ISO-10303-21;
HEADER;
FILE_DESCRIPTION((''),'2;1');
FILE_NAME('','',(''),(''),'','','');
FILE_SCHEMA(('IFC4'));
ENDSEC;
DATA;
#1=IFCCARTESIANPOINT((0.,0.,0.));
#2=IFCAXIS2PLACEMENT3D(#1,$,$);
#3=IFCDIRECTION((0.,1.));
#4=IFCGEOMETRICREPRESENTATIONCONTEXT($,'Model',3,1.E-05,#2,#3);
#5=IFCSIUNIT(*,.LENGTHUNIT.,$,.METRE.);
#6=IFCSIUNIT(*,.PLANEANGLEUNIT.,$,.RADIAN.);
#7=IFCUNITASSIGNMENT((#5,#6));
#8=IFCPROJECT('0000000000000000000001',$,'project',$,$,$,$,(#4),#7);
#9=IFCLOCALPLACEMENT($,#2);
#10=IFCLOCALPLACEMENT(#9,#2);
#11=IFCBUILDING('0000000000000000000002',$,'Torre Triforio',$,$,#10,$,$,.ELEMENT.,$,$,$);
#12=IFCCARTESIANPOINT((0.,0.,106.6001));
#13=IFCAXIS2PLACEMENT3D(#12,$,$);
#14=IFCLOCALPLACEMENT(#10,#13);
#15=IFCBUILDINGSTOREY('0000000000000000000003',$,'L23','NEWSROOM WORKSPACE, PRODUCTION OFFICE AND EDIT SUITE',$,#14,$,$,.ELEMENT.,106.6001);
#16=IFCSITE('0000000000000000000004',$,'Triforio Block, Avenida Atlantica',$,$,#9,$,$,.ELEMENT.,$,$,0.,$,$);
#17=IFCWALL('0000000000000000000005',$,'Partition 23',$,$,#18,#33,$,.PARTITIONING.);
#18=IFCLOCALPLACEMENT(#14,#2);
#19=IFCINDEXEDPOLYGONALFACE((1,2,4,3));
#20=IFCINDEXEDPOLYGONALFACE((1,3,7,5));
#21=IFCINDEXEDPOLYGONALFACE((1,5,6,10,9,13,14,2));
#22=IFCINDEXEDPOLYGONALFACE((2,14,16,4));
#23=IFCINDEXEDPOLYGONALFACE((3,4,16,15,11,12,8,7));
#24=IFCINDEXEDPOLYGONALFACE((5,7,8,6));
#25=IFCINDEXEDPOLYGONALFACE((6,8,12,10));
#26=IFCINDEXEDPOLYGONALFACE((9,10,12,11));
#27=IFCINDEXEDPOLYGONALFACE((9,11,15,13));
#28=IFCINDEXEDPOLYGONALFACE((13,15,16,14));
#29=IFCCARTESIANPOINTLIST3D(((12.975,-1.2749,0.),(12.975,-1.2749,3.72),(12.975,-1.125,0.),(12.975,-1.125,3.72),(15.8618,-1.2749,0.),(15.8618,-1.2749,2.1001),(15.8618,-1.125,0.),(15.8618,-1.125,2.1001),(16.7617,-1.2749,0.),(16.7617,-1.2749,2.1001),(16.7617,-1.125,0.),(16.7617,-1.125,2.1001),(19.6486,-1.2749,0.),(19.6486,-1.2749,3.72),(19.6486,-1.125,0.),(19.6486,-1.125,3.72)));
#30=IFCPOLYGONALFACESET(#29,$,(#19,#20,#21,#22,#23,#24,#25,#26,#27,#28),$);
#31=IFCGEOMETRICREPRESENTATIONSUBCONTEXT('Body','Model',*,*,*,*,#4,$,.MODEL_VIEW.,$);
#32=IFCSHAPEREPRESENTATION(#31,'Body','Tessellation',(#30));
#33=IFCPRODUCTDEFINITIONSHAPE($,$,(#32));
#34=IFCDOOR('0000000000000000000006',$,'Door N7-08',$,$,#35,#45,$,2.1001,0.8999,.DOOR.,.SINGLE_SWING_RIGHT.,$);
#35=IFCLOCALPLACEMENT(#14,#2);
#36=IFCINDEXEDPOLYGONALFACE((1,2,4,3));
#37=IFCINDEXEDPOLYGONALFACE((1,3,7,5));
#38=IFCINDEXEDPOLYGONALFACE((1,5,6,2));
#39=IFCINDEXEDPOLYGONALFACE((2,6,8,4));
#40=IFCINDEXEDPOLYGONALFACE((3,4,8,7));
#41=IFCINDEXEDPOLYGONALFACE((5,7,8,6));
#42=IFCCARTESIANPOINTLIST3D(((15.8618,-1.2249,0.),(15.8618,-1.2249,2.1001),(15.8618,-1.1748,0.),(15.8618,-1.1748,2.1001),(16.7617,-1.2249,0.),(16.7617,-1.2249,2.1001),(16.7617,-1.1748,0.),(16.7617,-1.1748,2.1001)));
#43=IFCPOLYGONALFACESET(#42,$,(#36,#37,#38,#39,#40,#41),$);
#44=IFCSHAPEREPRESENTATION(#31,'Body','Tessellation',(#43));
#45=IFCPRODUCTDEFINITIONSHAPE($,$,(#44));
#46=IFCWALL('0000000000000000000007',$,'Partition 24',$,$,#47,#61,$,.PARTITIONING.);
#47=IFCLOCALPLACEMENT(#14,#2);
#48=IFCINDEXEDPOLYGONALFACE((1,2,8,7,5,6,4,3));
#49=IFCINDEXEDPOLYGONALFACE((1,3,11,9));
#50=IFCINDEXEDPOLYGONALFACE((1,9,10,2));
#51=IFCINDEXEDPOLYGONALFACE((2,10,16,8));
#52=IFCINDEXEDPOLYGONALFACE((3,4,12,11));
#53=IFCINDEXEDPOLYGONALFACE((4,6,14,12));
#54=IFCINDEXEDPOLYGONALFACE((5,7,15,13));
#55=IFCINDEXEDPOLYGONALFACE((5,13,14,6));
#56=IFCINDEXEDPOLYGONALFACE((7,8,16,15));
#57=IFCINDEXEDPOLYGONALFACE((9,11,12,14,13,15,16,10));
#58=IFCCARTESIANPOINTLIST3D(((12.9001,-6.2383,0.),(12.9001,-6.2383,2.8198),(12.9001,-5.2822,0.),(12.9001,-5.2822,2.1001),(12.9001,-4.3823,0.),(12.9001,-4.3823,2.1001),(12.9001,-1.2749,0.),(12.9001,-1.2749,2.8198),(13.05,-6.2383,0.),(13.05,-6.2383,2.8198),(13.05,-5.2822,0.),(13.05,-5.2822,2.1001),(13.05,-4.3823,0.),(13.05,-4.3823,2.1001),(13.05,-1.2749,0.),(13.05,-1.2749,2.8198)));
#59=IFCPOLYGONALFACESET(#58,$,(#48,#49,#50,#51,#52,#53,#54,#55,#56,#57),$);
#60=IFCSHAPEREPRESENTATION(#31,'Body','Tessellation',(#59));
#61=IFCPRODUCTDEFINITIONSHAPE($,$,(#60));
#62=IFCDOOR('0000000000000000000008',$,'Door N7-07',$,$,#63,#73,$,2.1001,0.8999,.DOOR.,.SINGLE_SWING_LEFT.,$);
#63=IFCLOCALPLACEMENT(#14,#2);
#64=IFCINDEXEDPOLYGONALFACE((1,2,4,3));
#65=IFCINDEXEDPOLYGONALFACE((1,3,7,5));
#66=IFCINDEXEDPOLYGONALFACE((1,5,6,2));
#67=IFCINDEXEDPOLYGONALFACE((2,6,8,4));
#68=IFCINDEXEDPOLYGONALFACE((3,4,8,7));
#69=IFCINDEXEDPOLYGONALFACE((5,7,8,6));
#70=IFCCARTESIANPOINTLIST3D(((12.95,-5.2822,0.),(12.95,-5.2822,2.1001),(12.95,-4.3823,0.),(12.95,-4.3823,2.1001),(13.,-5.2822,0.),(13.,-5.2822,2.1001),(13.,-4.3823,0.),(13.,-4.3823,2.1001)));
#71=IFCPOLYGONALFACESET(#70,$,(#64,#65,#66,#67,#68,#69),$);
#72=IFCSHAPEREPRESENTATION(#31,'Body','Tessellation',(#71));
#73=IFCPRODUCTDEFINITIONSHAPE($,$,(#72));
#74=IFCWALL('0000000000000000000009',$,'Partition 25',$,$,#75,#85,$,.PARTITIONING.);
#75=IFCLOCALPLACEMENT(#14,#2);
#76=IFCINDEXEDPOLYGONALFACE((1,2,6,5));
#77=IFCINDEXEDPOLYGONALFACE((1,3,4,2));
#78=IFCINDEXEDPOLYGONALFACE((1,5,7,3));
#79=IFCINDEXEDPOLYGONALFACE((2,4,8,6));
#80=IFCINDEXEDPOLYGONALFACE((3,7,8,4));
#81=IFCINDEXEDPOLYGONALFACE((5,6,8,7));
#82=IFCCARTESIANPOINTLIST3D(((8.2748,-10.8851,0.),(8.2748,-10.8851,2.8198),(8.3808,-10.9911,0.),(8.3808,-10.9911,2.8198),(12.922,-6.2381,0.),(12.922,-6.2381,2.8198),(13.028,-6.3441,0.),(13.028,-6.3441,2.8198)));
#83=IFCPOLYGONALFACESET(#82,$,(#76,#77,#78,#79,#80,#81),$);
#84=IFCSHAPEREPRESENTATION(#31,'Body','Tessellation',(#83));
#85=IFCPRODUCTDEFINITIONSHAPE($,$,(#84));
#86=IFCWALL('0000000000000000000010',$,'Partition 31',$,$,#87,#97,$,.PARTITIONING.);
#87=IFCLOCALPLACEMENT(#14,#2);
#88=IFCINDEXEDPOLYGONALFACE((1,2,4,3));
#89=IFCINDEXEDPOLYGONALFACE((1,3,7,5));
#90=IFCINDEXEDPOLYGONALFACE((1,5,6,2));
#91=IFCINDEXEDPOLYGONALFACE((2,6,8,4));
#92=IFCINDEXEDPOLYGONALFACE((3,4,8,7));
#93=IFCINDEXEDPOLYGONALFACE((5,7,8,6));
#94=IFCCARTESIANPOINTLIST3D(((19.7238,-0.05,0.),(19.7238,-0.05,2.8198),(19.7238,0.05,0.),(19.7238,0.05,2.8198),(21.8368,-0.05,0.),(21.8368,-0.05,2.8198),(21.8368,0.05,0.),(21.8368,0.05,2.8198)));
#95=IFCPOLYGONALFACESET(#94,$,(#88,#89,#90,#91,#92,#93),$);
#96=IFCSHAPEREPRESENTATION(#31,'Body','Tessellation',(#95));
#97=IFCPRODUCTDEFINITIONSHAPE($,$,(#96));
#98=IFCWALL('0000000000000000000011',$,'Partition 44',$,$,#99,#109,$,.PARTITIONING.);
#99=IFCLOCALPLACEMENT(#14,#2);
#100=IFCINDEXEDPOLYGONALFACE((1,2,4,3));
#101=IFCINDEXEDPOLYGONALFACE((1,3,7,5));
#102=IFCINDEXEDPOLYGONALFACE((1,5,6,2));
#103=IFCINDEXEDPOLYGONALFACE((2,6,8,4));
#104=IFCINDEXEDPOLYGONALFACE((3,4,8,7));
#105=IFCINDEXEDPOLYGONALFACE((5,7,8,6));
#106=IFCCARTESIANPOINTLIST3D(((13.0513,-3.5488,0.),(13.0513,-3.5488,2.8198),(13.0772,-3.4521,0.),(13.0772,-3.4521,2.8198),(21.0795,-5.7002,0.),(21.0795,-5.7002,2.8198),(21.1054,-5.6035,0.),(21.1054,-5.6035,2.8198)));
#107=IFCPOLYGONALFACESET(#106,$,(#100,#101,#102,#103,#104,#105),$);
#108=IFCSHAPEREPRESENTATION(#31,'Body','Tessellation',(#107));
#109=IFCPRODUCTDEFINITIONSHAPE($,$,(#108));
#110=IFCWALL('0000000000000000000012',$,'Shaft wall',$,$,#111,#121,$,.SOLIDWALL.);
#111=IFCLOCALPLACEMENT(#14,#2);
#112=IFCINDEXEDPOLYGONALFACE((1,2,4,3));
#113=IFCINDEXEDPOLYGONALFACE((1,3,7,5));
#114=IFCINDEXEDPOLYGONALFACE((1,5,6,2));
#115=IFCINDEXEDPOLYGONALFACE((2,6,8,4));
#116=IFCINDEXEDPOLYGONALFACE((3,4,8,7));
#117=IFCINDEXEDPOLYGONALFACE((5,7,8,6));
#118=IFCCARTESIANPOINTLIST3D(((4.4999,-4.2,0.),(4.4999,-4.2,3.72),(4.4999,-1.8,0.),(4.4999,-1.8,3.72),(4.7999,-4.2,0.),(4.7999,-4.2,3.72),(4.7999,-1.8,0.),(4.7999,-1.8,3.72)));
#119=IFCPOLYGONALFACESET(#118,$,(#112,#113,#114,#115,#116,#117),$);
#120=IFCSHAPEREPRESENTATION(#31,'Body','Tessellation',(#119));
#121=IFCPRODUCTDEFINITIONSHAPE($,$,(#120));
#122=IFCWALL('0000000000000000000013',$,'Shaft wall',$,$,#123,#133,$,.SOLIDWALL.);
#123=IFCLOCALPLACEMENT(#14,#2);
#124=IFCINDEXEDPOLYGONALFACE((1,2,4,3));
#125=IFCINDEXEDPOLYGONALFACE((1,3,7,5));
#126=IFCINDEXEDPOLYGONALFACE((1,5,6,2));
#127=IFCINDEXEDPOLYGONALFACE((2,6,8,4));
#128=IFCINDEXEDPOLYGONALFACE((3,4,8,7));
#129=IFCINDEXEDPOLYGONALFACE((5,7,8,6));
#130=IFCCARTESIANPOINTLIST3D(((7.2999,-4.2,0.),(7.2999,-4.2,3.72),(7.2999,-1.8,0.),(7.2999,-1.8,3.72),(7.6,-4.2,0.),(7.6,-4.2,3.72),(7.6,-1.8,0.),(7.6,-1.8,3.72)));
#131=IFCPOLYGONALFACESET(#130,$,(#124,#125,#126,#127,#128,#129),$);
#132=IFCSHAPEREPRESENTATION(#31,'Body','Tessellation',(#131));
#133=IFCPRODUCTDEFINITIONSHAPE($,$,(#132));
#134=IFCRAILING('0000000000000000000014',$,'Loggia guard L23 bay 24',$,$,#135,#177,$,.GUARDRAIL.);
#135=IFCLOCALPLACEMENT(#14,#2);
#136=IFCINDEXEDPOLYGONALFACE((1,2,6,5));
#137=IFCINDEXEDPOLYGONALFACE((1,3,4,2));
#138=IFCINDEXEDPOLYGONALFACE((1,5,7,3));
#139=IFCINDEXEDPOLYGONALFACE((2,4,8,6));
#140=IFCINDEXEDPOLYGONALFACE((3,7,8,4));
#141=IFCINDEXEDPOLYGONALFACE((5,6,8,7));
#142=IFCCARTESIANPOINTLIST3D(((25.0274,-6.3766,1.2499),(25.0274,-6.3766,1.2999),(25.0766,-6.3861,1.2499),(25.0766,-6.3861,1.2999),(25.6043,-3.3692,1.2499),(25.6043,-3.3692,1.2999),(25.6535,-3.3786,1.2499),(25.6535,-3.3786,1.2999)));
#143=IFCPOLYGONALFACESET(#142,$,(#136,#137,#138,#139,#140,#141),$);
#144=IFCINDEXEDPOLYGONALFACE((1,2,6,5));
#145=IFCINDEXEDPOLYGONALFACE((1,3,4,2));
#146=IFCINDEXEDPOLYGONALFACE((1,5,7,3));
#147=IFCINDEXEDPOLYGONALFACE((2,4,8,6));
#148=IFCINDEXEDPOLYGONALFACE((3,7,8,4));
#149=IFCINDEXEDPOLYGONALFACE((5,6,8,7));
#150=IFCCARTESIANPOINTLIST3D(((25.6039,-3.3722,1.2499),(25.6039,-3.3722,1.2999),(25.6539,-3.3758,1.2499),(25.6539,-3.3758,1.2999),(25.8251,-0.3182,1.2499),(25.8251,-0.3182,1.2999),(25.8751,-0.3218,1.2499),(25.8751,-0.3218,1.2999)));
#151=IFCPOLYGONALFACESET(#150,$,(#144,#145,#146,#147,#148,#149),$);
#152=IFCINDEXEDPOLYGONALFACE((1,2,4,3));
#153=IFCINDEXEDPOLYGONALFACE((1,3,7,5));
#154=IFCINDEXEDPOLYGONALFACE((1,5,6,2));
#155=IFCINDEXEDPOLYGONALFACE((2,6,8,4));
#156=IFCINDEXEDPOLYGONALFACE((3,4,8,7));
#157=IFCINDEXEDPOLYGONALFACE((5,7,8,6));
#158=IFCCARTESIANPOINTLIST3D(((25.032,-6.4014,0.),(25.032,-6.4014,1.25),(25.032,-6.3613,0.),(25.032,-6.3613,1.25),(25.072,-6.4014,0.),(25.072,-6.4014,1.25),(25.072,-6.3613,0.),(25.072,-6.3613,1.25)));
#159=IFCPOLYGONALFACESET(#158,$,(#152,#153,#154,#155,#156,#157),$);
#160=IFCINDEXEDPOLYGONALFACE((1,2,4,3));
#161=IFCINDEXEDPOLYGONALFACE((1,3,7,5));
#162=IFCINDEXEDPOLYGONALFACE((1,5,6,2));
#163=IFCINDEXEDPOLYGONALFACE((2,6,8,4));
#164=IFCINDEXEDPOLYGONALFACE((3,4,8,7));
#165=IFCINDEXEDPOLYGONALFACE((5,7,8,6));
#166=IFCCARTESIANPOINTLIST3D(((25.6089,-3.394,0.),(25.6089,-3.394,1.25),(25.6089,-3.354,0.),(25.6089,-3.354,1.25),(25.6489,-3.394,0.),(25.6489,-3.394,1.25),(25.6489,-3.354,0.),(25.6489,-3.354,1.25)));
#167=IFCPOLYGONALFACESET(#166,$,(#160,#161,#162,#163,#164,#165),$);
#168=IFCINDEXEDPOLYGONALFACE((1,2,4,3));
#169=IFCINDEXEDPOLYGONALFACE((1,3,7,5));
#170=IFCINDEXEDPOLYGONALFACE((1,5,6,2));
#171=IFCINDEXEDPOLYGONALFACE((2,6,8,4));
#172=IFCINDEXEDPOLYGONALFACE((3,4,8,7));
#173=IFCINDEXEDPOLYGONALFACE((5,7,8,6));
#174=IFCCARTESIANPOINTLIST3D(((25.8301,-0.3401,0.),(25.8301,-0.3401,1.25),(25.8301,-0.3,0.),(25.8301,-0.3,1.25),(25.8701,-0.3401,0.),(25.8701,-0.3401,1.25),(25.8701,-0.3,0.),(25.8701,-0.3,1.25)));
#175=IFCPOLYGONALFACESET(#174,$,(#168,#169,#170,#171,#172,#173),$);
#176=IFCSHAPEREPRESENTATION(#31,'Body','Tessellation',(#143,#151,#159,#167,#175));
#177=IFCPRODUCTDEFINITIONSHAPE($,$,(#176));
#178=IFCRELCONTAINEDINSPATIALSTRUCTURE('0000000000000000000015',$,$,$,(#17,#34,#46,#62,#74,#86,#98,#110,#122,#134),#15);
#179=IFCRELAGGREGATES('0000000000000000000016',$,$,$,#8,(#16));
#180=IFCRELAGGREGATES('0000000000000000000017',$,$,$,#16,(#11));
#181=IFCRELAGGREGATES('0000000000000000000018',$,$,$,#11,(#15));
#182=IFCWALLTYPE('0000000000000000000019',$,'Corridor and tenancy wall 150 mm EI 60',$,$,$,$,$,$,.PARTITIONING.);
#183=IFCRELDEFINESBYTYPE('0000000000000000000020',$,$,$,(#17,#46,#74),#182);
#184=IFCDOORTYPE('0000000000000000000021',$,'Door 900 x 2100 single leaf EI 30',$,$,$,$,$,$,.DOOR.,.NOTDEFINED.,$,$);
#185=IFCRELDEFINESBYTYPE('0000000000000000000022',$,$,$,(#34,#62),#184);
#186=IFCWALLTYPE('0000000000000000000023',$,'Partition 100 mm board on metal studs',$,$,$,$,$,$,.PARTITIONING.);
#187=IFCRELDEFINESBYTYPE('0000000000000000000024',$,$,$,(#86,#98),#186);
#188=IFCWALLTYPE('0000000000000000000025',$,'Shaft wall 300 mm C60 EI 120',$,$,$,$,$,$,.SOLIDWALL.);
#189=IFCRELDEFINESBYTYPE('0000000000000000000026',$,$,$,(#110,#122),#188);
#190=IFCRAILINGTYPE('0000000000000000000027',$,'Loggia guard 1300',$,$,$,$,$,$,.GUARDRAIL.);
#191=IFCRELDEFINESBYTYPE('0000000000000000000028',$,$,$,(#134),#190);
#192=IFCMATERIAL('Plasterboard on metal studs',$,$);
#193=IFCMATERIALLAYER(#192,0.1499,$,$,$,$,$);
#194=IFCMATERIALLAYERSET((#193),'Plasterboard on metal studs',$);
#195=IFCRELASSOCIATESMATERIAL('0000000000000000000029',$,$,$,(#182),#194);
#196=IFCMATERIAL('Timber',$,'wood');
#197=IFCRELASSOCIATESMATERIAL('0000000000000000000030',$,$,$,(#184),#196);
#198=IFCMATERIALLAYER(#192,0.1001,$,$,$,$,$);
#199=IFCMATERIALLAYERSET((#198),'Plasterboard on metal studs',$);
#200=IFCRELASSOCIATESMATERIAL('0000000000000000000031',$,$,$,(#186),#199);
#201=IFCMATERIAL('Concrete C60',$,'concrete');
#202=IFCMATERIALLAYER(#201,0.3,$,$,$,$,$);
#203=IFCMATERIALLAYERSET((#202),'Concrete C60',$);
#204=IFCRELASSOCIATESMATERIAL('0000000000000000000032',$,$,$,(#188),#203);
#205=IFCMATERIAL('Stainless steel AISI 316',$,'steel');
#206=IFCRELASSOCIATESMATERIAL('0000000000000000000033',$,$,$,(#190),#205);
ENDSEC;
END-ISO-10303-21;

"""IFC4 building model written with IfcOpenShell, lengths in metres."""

from ifc_helpers import new_model, si_unit, direction, frame, frame_2d, origin, origin_2d, place, context, subcontext, project, spatial, rectangle, extrude, material, layer, layer_set, type_object, element, fill, save


model = new_model("IFC4")

# Units and contexts
model_context = context("Model", 3, precision=1e-05, world=origin(), true_north=direction((0.0, 1.0)))
body_context = subcontext(model_context, "Body", "Model", "MODEL_VIEW")
ifc_project = project(units=[si_unit("LENGTHUNIT", "METRE"), si_unit("PLANEANGLEUNIT", "RADIAN")], contexts=[model_context])

# Site, building, storey
site_placement = place(None, origin())
site = spatial("IfcSite", under=ifc_project, at=site_placement, Name="Triforio Block, Avenida Atlantica", CompositionType="ELEMENT", RefElevation=0.0)
building_placement = place(site_placement, origin())
building = spatial("IfcBuilding", under=site, at=building_placement, Name="Torre Triforio", CompositionType="ELEMENT")
storey_placement = place(building_placement, frame((0.0, 0.0, 106.6001)))
storey = spatial("IfcBuildingStorey", under=building, at=storey_placement, Name="L23", Description="NEWSROOM WORKSPACE, PRODUCTION OFFICE AND EDIT SUITE", CompositionType="ELEMENT", Elevation=106.6001)

# Shared definitions
ifc_material_1 = material(Name="Concrete C60", Category="concrete")

# Walls, openings, doors
ifc_material_2 = material(Name="Plasterboard on metal studs")
ifc_layer_1 = layer(ifc_material_2, 0.1499)
ifc_layer_set_1 = layer_set([ifc_layer_1], Name="Plasterboard on metal studs")
wall_type_1 = type_object("IfcWallType", Name="Corridor and tenancy wall 150 mm EI 60", PredefinedType="PARTITIONING", material=ifc_layer_set_1)
wall_1_placement = place(storey_placement, frame((19.6487, -1.2, 0.0), z_axis=(0.0, 0.0, 1.0), x_axis=(-1.0, 0.0, 0.0)))
wall_1 = element("IfcWall", 1, at=wall_1_placement, inside=storey, type_object=wall_type_1, Name="Partition 23", PredefinedType="PARTITIONING", context=body_context, shape_type="SweptSolid", body=[
    extrude(rectangle(XDim=6.6736, YDim=0.1499, at=frame_2d((3.3369, 0.0))), origin(), (0.0, 0.0, 1.0), 3.72),
])
opening_1_placement = place(wall_1_placement, frame((2.887, 0.0, 0.0)))
opening_1 = element("IfcOpeningElement", 2, at=opening_1_placement, cuts=wall_1, PredefinedType="OPENING", context=body_context, shape_type="SweptSolid", body=[
    extrude(rectangle(XDim=0.8999, YDim=2.1001, at=frame_2d((0.45, 1.05))), frame((0.0, 0.085, 0.0), z_axis=(0.0, -1.0, 0.0), x_axis=(1.0, 0.0, 0.0)), (0.0, 0.0, 1.0), 0.1699),
])
ifc_material_3 = material(Name="Timber", Category="wood")
door_type_1 = type_object("IfcDoorType", Name="Door 900 x 2100 single leaf EI 30", OperationType="NOTDEFINED", PredefinedType="DOOR", material=ifc_material_3)
door_1_placement = place(opening_1_placement, origin())
door_1 = element("IfcDoor", 3, at=door_1_placement, inside=storey, type_object=door_type_1, Name="Door N7-08", OperationType="SINGLE_SWING_RIGHT", OverallHeight=2.1001, OverallWidth=0.8999, PredefinedType="DOOR", context=body_context, shape_type="SweptSolid", body=[
    extrude(rectangle(XDim=0.8999, YDim=2.1001, at=frame_2d((0.45, 1.05))), frame((0.0, 0.0249, 0.0), z_axis=(0.0, -1.0, 0.0), x_axis=(1.0, 0.0, 0.0)), (0.0, 0.0, 1.0), 0.05),
])
fill(opening_1, door_1)
wall_2_placement = place(storey_placement, frame((12.9751, -1.2749, 0.0), z_axis=(0.0, 0.0, 1.0), x_axis=(0.0, -1.0, 0.0)))
wall_2 = element("IfcWall", 4, at=wall_2_placement, inside=storey, type_object=wall_type_1, Name="Partition 24", PredefinedType="PARTITIONING", context=body_context, shape_type="SweptSolid", body=[
    extrude(rectangle(XDim=4.9634, YDim=0.1499, at=frame_2d((2.4817, 0.0))), origin(), (0.0, 0.0, 1.0), 2.8198),
])
opening_2_placement = place(wall_2_placement, frame((3.1074, 0.0, 0.0)))
opening_2 = element("IfcOpeningElement", 5, at=opening_2_placement, cuts=wall_2, PredefinedType="OPENING", context=body_context, shape_type="SweptSolid", body=[
    extrude(rectangle(XDim=0.8999, YDim=2.1001, at=frame_2d((0.45, 1.05))), frame((0.0, 0.085, 0.0), z_axis=(0.0, -1.0, 0.0), x_axis=(1.0, 0.0, 0.0)), (0.0, 0.0, 1.0), 0.1699),
])
door_2_placement = place(opening_2_placement, origin())
door_2 = element("IfcDoor", 6, at=door_2_placement, inside=storey, type_object=door_type_1, Name="Door N7-07", OperationType="SINGLE_SWING_LEFT", OverallHeight=2.1001, OverallWidth=0.8999, PredefinedType="DOOR", context=body_context, shape_type="SweptSolid", body=[
    extrude(rectangle(XDim=0.8999, YDim=2.1001, at=frame_2d((0.45, 1.05))), frame((0.0, 0.0249, 0.0), z_axis=(0.0, -1.0, 0.0), x_axis=(1.0, 0.0, 0.0)), (0.0, 0.0, 1.0), 0.05),
])
fill(opening_2, door_2)

# Walls
wall_3_placement = place(storey_placement, frame((12.9751, -6.291, 0.0), z_axis=(0.0, 0.0, 1.0), x_axis=(-0.707125, -0.707088, 0.0)))
element("IfcWall", 7, at=wall_3_placement, inside=storey, type_object=wall_type_1, Name="Partition 25", PredefinedType="PARTITIONING", context=body_context, shape_type="SweptSolid", body=[
    extrude(rectangle(XDim=6.572, YDim=0.1499, at=frame_2d((3.2861, 0.0))), origin(), (0.0, 0.0, 1.0), 2.8198),
])
ifc_layer_2 = layer(ifc_material_2, 0.1001)
ifc_layer_set_2 = layer_set([ifc_layer_2], Name="Plasterboard on metal studs")
wall_type_2 = type_object("IfcWallType", Name="Partition 100 mm board on metal studs", PredefinedType="PARTITIONING", material=ifc_layer_set_2)
wall_4_placement = place(storey_placement, frame((19.7236, 0.0, 0.0), z_axis=(0.0, 0.0, 1.0), x_axis=(1.0, 0.0, 0.0)))
element("IfcWall", 8, at=wall_4_placement, inside=storey, type_object=wall_type_2, Name="Partition 31", PredefinedType="PARTITIONING", context=body_context, shape_type="SweptSolid", body=[
    extrude(rectangle(XDim=2.113, YDim=0.1001, at=frame_2d((1.0566, 0.0))), origin(), (0.0, 0.0, 1.0), 2.8198),
])
wall_5_placement = place(storey_placement, frame((13.0642, -3.5005, 0.0), z_axis=(0.0, 0.0, 1.0), x_axis=(0.96592, -0.25884, 0.0)))
element("IfcWall", 9, at=wall_5_placement, inside=storey, type_object=wall_type_2, Name="Partition 44", PredefinedType="PARTITIONING", context=body_context, shape_type="SweptSolid", body=[
    extrude(rectangle(XDim=8.3115, YDim=0.1001, at=frame_2d((4.1558, 0.0))), origin(), (0.0, 0.0, 1.0), 2.8198),
])
ifc_layer_3 = layer(ifc_material_1, 0.3)
ifc_layer_set_3 = layer_set([ifc_layer_3], Name="Concrete C60")
wall_type_3 = type_object("IfcWallType", Name="Shaft wall 300 mm C60 EI 120", PredefinedType="SOLIDWALL", material=ifc_layer_set_3)
for number, where, z_axis, x_axis, name in (
    (10, (4.6499, -4.2, 0.0), (0.0, 0.0, 1.0), (0.0, 1.0, 0.0), "Shaft wall"),
    (11, (7.45, -4.2, 0.0), (0.0, 0.0, 1.0), (0.0, 1.0, 0.0), "Shaft wall"),
):
    element("IfcWall", number, at=place(storey_placement, frame(where, z_axis=z_axis, x_axis=x_axis)), inside=storey, type_object=wall_type_3, Name=name, PredefinedType="SOLIDWALL", context=body_context, shape_type="SweptSolid", body=[
        extrude(rectangle(XDim=2.3999, YDim=0.3, at=frame_2d((1.2, 0.0))), origin(), (0.0, 0.0, 1.0), 3.72),
    ])

# Railing
ifc_material_4 = material(Name="Stainless steel AISI 316", Category="steel")
railing_type = type_object("IfcRailingType", Name="Loggia guard 1300", PredefinedType="GUARDRAIL", material=ifc_material_4)
railing_placement = place(storey_placement, frame((25.052, -6.3813, 0.0)))
element("IfcRailing", 12, at=railing_placement, inside=storey, type_object=railing_type, Name="Loggia guard L23 bay 24", PredefinedType="GUARDRAIL", context=body_context, shape_type="SweptSolid", body=[
    extrude(rectangle(XDim=0.05, YDim=0.05, at=origin_2d()), frame((0.0, 0.0, 1.2749), z_axis=(0.188398, 0.982093, 0.0), x_axis=(-0.982093, 0.188398, 0.0)), (0.0, 0.0, 1.0), 3.0623),
    extrude(rectangle(XDim=0.05, YDim=0.05, at=origin_2d()), frame((0.5769, 3.0073, 1.2749), z_axis=(0.072239, 0.997387, 0.0), x_axis=(-0.997387, 0.072239, 0.0)), (0.0, 0.0, 1.0), 3.062),
    extrude(rectangle(XDim=0.04, YDim=0.04, at=origin_2d()), origin(), (0.0, 0.0, 1.0), 1.25),
    extrude(rectangle(XDim=0.04, YDim=0.04, at=origin_2d()), frame((0.5769, 3.0073, 0.0)), (0.0, 0.0, 1.0), 1.25),
    extrude(rectangle(XDim=0.04, YDim=0.04, at=origin_2d()), frame((0.7981, 6.0613, 0.0)), (0.0, 0.0, 1.0), 1.25),
])

save(model, "model.ifc")
